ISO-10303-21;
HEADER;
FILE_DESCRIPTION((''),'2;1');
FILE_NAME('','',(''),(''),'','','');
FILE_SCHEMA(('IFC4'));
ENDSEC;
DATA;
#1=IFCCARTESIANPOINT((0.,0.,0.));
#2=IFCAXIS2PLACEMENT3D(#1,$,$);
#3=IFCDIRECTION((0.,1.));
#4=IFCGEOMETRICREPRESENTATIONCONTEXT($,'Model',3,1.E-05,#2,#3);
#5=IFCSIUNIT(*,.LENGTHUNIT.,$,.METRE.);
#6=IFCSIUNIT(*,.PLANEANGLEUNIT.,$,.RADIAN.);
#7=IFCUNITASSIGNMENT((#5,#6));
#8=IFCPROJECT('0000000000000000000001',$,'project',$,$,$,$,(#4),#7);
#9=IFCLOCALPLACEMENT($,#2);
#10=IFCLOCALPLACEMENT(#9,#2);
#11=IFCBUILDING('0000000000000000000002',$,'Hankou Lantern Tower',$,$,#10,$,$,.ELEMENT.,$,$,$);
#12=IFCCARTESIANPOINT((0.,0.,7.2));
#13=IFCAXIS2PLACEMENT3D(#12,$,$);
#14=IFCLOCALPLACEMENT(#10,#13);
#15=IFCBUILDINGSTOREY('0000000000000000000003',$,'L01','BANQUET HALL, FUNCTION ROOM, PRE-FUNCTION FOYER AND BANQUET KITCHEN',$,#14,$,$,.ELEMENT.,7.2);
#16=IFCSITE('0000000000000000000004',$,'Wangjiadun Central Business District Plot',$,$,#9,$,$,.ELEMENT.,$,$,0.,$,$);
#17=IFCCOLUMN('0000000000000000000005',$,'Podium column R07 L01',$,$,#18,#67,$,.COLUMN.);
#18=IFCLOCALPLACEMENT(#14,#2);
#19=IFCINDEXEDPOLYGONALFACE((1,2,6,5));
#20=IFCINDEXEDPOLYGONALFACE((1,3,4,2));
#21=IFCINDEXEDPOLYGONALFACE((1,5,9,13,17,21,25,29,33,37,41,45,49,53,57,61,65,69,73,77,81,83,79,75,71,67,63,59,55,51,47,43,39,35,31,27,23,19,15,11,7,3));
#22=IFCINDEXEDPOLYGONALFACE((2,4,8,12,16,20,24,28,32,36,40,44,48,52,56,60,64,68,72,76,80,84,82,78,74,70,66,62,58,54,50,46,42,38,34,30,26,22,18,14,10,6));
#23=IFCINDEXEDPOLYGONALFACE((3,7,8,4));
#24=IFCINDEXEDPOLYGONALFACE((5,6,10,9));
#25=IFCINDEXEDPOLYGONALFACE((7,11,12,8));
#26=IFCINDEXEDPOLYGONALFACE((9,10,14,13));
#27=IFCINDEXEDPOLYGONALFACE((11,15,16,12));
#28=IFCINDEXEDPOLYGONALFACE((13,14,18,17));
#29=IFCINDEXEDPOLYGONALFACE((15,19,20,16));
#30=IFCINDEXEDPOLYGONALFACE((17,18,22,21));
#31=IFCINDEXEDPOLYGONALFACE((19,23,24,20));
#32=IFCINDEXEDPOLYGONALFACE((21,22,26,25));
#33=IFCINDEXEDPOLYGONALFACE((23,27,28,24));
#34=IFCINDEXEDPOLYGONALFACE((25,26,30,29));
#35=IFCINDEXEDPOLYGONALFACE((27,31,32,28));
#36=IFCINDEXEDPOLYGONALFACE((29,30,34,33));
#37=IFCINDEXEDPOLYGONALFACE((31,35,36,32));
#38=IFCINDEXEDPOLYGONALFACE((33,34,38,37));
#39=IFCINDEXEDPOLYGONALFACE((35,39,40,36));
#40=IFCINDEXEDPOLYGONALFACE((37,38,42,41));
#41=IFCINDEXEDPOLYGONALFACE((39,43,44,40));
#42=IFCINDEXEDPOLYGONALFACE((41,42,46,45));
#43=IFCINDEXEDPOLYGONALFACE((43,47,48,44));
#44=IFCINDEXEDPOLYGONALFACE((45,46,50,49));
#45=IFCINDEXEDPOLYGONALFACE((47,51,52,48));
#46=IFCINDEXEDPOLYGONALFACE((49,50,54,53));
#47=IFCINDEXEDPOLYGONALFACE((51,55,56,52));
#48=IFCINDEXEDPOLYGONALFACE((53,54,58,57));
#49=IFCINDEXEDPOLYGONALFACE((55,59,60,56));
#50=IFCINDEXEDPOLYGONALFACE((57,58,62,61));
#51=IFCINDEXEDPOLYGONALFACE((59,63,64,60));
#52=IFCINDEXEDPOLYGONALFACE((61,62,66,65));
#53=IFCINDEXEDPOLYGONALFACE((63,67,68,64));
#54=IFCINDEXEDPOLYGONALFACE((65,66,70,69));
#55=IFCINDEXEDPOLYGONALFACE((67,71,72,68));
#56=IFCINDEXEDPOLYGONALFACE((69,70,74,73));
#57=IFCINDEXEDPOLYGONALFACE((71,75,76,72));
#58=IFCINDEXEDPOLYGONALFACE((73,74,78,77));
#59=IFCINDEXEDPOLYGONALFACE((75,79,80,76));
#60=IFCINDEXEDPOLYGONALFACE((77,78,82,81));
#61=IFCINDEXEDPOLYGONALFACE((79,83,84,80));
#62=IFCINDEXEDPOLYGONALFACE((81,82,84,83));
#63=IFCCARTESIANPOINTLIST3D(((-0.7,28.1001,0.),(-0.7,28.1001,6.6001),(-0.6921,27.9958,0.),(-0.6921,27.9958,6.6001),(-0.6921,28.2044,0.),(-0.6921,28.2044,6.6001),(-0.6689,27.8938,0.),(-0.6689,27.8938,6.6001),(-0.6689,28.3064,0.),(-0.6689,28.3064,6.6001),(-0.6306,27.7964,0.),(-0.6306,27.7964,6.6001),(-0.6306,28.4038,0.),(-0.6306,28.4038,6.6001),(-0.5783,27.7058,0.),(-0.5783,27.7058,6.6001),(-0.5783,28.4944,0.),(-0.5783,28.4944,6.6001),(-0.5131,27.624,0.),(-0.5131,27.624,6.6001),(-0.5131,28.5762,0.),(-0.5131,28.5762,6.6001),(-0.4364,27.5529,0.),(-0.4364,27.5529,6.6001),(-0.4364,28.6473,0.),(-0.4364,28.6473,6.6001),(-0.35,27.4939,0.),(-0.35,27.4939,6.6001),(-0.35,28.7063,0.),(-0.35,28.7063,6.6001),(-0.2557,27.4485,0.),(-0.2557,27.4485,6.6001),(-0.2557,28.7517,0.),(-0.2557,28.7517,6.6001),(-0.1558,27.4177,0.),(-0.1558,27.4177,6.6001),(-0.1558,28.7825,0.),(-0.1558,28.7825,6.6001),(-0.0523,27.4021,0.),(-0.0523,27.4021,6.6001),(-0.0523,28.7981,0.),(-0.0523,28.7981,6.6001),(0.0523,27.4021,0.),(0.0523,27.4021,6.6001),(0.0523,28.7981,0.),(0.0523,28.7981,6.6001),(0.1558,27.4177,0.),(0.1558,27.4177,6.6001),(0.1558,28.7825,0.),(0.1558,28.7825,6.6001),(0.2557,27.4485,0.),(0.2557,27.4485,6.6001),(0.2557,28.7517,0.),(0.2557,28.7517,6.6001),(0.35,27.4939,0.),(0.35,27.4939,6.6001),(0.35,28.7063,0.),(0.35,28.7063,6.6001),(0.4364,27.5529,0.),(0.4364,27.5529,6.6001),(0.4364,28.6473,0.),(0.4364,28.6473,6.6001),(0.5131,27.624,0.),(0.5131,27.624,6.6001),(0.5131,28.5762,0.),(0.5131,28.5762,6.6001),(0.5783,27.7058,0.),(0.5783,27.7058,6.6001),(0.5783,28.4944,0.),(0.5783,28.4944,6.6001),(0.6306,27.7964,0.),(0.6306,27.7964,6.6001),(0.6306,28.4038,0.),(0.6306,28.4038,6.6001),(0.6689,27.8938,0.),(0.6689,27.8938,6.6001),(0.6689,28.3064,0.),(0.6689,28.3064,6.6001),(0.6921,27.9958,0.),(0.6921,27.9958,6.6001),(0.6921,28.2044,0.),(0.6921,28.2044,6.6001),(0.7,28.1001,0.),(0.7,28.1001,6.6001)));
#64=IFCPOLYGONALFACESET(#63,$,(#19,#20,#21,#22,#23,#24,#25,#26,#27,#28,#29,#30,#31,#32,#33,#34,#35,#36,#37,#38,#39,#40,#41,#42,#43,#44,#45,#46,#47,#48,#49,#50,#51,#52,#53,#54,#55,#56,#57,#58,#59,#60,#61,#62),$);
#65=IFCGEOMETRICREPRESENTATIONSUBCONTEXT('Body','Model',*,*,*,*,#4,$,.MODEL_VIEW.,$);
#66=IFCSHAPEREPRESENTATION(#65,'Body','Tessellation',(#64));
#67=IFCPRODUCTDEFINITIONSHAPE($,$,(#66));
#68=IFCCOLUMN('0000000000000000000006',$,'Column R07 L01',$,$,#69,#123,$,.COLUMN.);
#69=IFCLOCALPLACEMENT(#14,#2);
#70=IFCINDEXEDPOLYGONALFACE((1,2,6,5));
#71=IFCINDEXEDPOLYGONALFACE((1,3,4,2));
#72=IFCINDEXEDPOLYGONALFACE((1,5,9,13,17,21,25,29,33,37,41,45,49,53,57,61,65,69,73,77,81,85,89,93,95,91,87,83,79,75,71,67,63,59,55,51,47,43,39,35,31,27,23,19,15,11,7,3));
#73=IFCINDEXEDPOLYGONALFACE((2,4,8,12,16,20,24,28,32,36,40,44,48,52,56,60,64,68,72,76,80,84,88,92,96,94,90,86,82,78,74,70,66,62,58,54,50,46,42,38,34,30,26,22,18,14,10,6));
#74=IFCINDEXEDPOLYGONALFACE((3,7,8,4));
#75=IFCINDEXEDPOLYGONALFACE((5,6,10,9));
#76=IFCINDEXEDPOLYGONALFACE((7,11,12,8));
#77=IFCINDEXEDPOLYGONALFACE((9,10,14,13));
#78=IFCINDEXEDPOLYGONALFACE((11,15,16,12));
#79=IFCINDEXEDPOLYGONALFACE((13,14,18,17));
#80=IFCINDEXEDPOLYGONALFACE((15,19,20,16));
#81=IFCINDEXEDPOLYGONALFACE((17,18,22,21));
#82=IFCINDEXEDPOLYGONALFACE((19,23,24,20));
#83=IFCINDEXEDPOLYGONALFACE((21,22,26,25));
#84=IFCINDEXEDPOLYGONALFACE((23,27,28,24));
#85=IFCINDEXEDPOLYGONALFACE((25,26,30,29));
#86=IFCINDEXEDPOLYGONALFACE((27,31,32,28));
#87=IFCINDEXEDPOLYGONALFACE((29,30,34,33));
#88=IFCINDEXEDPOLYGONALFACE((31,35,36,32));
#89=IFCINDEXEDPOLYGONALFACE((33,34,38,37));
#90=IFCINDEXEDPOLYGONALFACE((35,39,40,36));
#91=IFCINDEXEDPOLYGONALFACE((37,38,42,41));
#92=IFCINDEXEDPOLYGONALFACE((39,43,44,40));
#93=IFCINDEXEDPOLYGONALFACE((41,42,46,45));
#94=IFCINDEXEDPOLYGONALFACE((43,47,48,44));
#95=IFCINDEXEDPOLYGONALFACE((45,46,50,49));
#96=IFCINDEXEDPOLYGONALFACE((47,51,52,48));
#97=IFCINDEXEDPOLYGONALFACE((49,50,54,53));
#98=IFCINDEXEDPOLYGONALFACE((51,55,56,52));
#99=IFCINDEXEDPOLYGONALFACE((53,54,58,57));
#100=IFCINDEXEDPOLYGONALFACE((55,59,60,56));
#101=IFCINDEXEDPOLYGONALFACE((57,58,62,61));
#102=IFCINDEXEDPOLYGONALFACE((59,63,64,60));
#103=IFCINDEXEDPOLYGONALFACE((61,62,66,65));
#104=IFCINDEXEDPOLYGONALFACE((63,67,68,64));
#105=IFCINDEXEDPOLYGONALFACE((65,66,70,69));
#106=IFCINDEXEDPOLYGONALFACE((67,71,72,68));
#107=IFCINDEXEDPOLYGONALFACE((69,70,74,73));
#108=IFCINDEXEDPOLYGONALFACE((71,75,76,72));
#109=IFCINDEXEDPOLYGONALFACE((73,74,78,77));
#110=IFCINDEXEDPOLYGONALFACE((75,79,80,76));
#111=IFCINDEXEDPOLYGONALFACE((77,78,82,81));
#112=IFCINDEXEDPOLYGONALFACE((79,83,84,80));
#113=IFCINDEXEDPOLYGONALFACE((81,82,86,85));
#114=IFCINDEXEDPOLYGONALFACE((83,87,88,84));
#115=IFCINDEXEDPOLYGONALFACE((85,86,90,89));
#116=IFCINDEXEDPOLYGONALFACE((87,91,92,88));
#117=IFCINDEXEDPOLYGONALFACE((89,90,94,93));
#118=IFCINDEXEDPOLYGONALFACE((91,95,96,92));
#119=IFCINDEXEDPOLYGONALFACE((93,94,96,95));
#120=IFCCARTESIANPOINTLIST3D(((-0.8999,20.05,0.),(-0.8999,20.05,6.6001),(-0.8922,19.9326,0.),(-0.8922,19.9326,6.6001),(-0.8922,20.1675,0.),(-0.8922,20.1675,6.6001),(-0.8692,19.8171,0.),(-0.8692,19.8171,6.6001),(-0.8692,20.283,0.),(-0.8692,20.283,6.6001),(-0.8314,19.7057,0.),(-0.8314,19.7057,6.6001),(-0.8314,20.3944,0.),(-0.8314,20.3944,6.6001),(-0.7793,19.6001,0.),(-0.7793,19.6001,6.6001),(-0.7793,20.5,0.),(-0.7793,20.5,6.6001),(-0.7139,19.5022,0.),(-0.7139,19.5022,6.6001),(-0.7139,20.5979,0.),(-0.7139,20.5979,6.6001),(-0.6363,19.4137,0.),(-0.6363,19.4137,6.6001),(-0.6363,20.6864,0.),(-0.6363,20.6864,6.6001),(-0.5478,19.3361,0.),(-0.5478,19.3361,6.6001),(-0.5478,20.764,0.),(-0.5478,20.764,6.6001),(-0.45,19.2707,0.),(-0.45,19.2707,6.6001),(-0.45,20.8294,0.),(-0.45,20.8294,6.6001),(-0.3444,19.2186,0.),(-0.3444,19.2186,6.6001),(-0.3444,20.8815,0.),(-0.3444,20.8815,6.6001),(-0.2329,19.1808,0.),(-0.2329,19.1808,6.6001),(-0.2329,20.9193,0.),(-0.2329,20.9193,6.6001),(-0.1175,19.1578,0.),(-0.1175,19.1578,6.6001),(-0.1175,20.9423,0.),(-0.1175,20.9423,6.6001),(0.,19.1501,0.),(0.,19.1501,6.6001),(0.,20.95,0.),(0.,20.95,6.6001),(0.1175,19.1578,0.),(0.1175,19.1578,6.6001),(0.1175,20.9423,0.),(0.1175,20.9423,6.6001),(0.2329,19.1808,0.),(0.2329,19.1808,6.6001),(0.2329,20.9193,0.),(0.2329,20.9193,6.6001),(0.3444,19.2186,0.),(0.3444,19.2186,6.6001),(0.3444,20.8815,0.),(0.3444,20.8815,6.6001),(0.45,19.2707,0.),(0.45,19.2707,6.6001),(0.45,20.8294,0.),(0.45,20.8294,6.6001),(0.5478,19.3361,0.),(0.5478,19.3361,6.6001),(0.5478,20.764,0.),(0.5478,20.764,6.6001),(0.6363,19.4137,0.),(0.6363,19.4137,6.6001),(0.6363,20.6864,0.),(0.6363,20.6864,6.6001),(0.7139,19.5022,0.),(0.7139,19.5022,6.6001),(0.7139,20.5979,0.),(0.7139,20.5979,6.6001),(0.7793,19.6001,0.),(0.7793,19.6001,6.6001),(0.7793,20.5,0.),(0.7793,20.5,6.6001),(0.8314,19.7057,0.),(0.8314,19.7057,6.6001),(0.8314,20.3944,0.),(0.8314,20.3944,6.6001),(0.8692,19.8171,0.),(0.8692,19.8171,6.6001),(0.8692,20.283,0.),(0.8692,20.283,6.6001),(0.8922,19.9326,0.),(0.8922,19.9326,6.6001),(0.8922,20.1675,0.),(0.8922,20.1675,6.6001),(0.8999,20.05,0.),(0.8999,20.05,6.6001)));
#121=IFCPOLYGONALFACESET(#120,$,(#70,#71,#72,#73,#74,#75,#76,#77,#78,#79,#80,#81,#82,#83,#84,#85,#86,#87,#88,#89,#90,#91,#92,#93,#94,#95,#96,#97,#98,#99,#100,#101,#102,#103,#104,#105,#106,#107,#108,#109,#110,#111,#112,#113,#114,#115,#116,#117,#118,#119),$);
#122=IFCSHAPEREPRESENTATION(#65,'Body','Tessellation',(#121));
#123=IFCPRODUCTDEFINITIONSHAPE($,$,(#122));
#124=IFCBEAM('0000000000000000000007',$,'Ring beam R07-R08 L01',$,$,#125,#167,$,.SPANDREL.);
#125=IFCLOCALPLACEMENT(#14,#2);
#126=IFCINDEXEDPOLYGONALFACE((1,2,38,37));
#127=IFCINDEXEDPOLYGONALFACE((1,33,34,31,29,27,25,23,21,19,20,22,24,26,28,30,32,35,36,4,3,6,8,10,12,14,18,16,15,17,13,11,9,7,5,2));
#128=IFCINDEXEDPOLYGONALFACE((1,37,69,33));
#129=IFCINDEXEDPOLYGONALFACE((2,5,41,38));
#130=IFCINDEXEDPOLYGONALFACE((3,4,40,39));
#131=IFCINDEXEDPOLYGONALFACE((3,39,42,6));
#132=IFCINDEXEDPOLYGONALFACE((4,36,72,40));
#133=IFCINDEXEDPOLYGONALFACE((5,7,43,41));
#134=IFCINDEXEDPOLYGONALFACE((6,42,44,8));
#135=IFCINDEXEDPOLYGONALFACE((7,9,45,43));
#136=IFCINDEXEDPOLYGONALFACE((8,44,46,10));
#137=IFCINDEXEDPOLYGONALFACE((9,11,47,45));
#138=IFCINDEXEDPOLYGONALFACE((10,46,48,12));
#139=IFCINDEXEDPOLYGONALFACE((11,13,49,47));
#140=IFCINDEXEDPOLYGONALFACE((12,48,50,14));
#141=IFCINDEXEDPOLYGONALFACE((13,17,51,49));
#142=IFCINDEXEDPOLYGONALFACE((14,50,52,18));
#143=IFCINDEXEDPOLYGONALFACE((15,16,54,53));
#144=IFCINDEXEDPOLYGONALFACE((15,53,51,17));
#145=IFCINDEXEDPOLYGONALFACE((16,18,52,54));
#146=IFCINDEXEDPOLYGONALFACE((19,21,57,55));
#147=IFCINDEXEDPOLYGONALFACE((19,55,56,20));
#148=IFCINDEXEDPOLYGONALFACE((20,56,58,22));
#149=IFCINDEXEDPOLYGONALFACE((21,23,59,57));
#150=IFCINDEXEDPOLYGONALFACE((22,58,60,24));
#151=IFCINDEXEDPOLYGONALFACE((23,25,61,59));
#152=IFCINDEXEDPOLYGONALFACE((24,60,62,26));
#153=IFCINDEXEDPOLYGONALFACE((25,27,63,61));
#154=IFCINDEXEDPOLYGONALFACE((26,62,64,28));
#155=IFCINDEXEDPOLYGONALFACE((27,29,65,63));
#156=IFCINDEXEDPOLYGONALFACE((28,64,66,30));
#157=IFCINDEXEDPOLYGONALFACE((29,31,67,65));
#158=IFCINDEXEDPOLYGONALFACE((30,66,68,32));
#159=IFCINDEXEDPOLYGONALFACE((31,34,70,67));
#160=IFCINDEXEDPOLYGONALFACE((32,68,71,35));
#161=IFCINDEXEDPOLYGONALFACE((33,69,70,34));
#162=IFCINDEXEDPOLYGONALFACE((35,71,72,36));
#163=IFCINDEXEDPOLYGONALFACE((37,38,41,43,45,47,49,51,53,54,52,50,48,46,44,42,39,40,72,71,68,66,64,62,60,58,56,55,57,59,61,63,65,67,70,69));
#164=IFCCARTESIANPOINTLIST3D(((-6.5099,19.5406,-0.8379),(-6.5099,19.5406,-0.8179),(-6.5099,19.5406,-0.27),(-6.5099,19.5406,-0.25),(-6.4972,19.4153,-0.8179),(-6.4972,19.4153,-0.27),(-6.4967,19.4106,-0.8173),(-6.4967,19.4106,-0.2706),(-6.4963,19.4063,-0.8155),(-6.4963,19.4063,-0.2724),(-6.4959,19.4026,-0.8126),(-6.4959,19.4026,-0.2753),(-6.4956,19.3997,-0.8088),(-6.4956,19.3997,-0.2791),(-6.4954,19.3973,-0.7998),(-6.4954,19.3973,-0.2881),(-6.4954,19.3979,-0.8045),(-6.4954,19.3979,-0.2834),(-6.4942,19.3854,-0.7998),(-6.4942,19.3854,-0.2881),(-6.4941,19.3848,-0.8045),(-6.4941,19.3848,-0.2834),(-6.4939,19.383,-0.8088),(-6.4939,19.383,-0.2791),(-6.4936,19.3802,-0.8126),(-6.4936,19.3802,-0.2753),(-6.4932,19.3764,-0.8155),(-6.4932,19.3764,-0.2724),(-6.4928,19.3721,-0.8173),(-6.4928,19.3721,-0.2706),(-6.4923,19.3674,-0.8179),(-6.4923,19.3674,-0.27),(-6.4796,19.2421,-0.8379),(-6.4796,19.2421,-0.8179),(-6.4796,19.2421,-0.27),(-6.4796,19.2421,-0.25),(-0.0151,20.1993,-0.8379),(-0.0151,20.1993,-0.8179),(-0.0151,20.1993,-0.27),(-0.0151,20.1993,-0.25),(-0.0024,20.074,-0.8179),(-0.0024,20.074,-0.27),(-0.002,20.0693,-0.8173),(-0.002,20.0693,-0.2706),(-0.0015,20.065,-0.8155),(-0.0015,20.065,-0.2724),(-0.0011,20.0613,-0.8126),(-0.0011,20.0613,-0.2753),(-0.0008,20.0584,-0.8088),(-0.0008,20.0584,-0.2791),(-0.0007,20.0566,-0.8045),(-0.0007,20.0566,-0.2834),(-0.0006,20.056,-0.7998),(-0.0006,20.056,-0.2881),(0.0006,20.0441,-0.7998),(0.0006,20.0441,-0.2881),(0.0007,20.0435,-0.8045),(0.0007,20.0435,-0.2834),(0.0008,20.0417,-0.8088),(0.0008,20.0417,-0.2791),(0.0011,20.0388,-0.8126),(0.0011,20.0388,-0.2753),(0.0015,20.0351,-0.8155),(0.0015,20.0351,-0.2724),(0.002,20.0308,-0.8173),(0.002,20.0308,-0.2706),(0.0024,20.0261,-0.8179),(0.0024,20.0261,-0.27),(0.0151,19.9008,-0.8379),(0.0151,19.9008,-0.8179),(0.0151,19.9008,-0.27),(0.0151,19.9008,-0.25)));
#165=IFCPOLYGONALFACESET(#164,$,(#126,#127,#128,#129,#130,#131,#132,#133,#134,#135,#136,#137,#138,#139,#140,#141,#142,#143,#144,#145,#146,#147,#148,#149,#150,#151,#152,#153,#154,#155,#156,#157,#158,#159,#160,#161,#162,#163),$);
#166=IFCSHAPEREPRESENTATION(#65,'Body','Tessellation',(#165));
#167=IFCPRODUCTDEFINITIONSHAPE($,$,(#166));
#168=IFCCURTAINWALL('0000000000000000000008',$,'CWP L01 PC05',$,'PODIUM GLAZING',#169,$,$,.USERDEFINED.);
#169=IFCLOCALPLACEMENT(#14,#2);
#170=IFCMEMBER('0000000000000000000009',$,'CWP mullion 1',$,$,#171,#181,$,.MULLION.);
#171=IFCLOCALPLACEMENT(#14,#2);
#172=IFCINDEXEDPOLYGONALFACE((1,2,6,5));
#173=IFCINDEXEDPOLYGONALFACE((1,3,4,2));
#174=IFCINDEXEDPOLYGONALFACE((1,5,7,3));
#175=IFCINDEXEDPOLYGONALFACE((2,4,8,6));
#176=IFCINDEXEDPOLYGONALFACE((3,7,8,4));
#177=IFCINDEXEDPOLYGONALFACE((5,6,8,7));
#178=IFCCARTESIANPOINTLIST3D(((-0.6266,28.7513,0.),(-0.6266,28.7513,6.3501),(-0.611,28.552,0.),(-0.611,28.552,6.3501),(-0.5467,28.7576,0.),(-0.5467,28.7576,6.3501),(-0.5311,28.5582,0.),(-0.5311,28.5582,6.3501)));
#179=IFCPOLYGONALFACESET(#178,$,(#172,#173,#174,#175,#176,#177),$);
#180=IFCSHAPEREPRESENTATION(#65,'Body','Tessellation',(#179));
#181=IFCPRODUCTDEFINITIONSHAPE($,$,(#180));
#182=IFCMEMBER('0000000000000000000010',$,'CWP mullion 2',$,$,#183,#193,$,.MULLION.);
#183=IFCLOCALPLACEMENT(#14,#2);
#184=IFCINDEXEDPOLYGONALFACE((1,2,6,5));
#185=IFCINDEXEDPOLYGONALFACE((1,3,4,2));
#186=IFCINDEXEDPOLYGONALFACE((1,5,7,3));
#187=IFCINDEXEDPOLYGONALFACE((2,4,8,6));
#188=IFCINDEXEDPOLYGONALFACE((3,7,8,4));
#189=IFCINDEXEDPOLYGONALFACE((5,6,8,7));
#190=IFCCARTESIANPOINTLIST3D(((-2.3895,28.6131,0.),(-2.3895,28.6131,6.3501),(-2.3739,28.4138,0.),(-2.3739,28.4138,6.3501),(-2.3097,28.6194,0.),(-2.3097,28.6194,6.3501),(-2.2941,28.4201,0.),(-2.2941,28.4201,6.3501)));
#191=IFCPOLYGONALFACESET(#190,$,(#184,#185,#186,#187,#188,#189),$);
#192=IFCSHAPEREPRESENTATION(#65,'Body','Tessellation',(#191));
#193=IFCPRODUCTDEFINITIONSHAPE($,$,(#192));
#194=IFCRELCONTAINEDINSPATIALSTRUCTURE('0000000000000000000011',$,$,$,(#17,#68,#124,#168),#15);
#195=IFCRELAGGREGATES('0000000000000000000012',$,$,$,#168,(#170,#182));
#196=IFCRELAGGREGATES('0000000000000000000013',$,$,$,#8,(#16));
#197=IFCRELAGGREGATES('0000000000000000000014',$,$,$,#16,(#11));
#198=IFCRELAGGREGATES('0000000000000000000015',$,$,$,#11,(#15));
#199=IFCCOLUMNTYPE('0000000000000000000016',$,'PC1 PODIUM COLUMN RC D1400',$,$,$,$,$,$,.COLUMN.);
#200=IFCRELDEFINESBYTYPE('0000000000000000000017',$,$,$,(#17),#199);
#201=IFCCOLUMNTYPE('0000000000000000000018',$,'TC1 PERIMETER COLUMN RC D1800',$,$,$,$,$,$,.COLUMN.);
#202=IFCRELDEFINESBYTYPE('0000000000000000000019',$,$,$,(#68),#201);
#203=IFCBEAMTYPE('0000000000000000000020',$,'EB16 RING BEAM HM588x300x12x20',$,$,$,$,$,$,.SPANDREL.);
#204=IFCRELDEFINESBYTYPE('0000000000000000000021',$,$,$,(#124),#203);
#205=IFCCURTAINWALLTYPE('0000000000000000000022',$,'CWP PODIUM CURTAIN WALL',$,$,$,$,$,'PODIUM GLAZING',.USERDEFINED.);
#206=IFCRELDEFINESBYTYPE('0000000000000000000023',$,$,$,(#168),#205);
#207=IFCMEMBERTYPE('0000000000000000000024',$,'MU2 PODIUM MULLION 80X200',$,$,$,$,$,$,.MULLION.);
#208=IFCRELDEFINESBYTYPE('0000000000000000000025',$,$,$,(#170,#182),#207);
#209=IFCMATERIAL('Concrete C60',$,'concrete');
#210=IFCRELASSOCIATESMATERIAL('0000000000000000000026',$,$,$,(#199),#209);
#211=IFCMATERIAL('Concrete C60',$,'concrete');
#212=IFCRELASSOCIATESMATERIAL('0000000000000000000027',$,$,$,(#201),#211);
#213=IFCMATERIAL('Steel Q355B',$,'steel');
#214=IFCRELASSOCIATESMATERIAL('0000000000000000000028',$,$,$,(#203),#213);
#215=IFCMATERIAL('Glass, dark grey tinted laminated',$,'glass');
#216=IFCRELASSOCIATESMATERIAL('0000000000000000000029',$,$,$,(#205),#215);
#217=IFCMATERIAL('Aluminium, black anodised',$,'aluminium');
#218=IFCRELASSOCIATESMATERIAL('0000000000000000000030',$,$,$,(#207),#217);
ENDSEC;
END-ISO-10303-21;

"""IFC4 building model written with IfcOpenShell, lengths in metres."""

from ifc_helpers import new_model, si_unit, direction, frame, origin, origin_2d, place, context, subcontext, project, spatial, rectangle, circle, i_section, extrude, material, material_profile, profile_set, type_object, element, aggregate, save


model = new_model("IFC4")

# Units and contexts
model_context = context("Model", 3, precision=1e-05, world=origin(), true_north=direction((0.0, 1.0)))
body_context = subcontext(model_context, "Body", "Model", "MODEL_VIEW")
ifc_project = project(units=[si_unit("LENGTHUNIT", "METRE"), si_unit("PLANEANGLEUNIT", "RADIAN")], contexts=[model_context])

# Site, building, storey
site_placement = place(None, origin())
site = spatial("IfcSite", under=ifc_project, at=site_placement, Name="Wangjiadun Central Business District Plot", CompositionType="ELEMENT", RefElevation=0.0)
building_placement = place(site_placement, origin())
building = spatial("IfcBuilding", under=site, at=building_placement, Name="Hankou Lantern Tower", CompositionType="ELEMENT")
storey_placement = place(building_placement, frame((0.0, 0.0, 7.2)))
storey = spatial("IfcBuildingStorey", under=building, at=storey_placement, Name="L01", Description="BANQUET HALL, FUNCTION ROOM, PRE-FUNCTION FOYER AND BANQUET KITCHEN", CompositionType="ELEMENT", Elevation=7.2)

# Columns
ifc_material_1 = material(Name="Concrete C60", Category="concrete")
ifc_material_profile_1 = material_profile(ifc_material_1, circle(Radius=0.7, at=origin_2d()), Name="RC D1400")
ifc_profile_set_1 = profile_set([ifc_material_profile_1], Name="Concrete C60")
column_type_1 = type_object("IfcColumnType", Name="PC1 PODIUM COLUMN RC D1400", PredefinedType="COLUMN", material=ifc_profile_set_1)
column_1_placement = place(storey_placement, frame((0.0, 28.1001, 0.0), z_axis=(0.0, 0.0, 1.0), x_axis=(1.0, 0.0, 0.0)))
element("IfcColumn", 1, at=column_1_placement, inside=storey, type_object=column_type_1, Name="Podium column R07 L01", PredefinedType="COLUMN", context=body_context, shape_type="SweptSolid", body=[
    extrude(circle(Radius=0.7, at=origin_2d()), origin(), (0.0, 0.0, 1.0), 6.6001),
])
ifc_material_2 = material(Name="Concrete C60", Category="concrete")
ifc_material_profile_2 = material_profile(ifc_material_2, circle(Radius=0.8999, at=origin_2d()), Name="RC D1800")
ifc_profile_set_2 = profile_set([ifc_material_profile_2], Name="Concrete C60")
column_type_2 = type_object("IfcColumnType", Name="TC1 PERIMETER COLUMN RC D1800", PredefinedType="COLUMN", material=ifc_profile_set_2)
column_2_placement = place(storey_placement, frame((0.0, 20.05, 0.0), z_axis=(0.0, 0.0, 1.0), x_axis=(1.0, 0.0, 0.0)))
element("IfcColumn", 2, at=column_2_placement, inside=storey, type_object=column_type_2, Name="Column R07 L01", PredefinedType="COLUMN", context=body_context, shape_type="SweptSolid", body=[
    extrude(circle(Radius=0.8999, at=origin_2d()), origin(), (0.0, 0.0, 1.0), 6.6001),
])

# Beam
ifc_material_3 = material(Name="Steel Q355B", Category="steel")
ifc_material_profile_3 = material_profile(ifc_material_3, i_section(OverallWidth=0.3, OverallDepth=0.5879, WebThickness=0.012, FlangeThickness=0.02, FilletRadius=0.0181, at=origin_2d()), Name="HM588x300x12x20")
ifc_profile_set_3 = profile_set([ifc_material_profile_3], Name="Steel Q355B")
beam_type_1 = type_object("IfcBeamType", Name="EB16 RING BEAM HM588x300x12x20", PredefinedType="SPANDREL", material=ifc_profile_set_3)
beam_1_placement = place(storey_placement, frame((0.0, 20.05, -0.5439), z_axis=(-0.994897, -0.1009, 0.0), x_axis=(0.1009, -0.994897, 0.0)))
element("IfcBeam", 3, at=beam_1_placement, inside=storey, type_object=beam_type_1, Name="Ring beam R07-R08 L01", PredefinedType="SPANDREL", context=body_context, shape_type="SweptSolid", body=[
    extrude(i_section(OverallWidth=0.3, OverallDepth=0.5879, WebThickness=0.012, FlangeThickness=0.02, FilletRadius=0.0181, at=origin_2d()), origin(), (0.0, 0.0, 1.0), 6.5281),
])

# Curtain wall, members
ifc_material_4 = material(Name="Glass, dark grey tinted laminated", Category="glass")
curtain_wall_type = type_object("IfcCurtainWallType", Name="CWP PODIUM CURTAIN WALL", ElementType="PODIUM GLAZING", PredefinedType="USERDEFINED", material=ifc_material_4)
curtain_wall_placement = place(storey_placement, origin())
curtain_wall = element("IfcCurtainWall", 4, at=curtain_wall_placement, inside=storey, type_object=curtain_wall_type, Name="CWP L01 PC05", ObjectType="PODIUM GLAZING", PredefinedType="USERDEFINED")
ifc_material_5 = material(Name="Aluminium, black anodised", Category="aluminium")
ifc_material_profile_4 = material_profile(ifc_material_5, rectangle(XDim=0.0801, YDim=0.2, at=origin_2d()), Name="MU2 80X200")
ifc_profile_set_4 = profile_set([ifc_material_profile_4], Name="Aluminium, black anodised")
member_type_1 = type_object("IfcMemberType", Name="MU2 PODIUM MULLION 80X200", PredefinedType="MULLION", material=ifc_profile_set_4)
member_1_placement = place(storey_placement, frame((-0.5789, 28.6548, 0.0), z_axis=(0.0, 0.0, 1.0), x_axis=(-0.996949, -0.078062, 0.0)))
member_1 = element("IfcMember", 5, at=member_1_placement, type_object=member_type_1, Name="CWP mullion 1", PredefinedType="MULLION", context=body_context, shape_type="SweptSolid", body=[
    extrude(rectangle(XDim=0.0801, YDim=0.2, at=origin_2d()), origin(), (0.0, 0.0, 1.0), 6.3501),
])
member_2_placement = place(storey_placement, frame((-2.3418, 28.5166, 0.0), z_axis=(0.0, 0.0, 1.0), x_axis=(-0.996949, -0.078062, 0.0)))
member_2 = element("IfcMember", 6, at=member_2_placement, type_object=member_type_1, Name="CWP mullion 2", PredefinedType="MULLION", context=body_context, shape_type="SweptSolid", body=[
    extrude(rectangle(XDim=0.0801, YDim=0.2, at=origin_2d()), origin(), (0.0, 0.0, 1.0), 6.3501),
])

aggregate(curtain_wall, [member_1, member_2])

save(model, "model.ifc")
